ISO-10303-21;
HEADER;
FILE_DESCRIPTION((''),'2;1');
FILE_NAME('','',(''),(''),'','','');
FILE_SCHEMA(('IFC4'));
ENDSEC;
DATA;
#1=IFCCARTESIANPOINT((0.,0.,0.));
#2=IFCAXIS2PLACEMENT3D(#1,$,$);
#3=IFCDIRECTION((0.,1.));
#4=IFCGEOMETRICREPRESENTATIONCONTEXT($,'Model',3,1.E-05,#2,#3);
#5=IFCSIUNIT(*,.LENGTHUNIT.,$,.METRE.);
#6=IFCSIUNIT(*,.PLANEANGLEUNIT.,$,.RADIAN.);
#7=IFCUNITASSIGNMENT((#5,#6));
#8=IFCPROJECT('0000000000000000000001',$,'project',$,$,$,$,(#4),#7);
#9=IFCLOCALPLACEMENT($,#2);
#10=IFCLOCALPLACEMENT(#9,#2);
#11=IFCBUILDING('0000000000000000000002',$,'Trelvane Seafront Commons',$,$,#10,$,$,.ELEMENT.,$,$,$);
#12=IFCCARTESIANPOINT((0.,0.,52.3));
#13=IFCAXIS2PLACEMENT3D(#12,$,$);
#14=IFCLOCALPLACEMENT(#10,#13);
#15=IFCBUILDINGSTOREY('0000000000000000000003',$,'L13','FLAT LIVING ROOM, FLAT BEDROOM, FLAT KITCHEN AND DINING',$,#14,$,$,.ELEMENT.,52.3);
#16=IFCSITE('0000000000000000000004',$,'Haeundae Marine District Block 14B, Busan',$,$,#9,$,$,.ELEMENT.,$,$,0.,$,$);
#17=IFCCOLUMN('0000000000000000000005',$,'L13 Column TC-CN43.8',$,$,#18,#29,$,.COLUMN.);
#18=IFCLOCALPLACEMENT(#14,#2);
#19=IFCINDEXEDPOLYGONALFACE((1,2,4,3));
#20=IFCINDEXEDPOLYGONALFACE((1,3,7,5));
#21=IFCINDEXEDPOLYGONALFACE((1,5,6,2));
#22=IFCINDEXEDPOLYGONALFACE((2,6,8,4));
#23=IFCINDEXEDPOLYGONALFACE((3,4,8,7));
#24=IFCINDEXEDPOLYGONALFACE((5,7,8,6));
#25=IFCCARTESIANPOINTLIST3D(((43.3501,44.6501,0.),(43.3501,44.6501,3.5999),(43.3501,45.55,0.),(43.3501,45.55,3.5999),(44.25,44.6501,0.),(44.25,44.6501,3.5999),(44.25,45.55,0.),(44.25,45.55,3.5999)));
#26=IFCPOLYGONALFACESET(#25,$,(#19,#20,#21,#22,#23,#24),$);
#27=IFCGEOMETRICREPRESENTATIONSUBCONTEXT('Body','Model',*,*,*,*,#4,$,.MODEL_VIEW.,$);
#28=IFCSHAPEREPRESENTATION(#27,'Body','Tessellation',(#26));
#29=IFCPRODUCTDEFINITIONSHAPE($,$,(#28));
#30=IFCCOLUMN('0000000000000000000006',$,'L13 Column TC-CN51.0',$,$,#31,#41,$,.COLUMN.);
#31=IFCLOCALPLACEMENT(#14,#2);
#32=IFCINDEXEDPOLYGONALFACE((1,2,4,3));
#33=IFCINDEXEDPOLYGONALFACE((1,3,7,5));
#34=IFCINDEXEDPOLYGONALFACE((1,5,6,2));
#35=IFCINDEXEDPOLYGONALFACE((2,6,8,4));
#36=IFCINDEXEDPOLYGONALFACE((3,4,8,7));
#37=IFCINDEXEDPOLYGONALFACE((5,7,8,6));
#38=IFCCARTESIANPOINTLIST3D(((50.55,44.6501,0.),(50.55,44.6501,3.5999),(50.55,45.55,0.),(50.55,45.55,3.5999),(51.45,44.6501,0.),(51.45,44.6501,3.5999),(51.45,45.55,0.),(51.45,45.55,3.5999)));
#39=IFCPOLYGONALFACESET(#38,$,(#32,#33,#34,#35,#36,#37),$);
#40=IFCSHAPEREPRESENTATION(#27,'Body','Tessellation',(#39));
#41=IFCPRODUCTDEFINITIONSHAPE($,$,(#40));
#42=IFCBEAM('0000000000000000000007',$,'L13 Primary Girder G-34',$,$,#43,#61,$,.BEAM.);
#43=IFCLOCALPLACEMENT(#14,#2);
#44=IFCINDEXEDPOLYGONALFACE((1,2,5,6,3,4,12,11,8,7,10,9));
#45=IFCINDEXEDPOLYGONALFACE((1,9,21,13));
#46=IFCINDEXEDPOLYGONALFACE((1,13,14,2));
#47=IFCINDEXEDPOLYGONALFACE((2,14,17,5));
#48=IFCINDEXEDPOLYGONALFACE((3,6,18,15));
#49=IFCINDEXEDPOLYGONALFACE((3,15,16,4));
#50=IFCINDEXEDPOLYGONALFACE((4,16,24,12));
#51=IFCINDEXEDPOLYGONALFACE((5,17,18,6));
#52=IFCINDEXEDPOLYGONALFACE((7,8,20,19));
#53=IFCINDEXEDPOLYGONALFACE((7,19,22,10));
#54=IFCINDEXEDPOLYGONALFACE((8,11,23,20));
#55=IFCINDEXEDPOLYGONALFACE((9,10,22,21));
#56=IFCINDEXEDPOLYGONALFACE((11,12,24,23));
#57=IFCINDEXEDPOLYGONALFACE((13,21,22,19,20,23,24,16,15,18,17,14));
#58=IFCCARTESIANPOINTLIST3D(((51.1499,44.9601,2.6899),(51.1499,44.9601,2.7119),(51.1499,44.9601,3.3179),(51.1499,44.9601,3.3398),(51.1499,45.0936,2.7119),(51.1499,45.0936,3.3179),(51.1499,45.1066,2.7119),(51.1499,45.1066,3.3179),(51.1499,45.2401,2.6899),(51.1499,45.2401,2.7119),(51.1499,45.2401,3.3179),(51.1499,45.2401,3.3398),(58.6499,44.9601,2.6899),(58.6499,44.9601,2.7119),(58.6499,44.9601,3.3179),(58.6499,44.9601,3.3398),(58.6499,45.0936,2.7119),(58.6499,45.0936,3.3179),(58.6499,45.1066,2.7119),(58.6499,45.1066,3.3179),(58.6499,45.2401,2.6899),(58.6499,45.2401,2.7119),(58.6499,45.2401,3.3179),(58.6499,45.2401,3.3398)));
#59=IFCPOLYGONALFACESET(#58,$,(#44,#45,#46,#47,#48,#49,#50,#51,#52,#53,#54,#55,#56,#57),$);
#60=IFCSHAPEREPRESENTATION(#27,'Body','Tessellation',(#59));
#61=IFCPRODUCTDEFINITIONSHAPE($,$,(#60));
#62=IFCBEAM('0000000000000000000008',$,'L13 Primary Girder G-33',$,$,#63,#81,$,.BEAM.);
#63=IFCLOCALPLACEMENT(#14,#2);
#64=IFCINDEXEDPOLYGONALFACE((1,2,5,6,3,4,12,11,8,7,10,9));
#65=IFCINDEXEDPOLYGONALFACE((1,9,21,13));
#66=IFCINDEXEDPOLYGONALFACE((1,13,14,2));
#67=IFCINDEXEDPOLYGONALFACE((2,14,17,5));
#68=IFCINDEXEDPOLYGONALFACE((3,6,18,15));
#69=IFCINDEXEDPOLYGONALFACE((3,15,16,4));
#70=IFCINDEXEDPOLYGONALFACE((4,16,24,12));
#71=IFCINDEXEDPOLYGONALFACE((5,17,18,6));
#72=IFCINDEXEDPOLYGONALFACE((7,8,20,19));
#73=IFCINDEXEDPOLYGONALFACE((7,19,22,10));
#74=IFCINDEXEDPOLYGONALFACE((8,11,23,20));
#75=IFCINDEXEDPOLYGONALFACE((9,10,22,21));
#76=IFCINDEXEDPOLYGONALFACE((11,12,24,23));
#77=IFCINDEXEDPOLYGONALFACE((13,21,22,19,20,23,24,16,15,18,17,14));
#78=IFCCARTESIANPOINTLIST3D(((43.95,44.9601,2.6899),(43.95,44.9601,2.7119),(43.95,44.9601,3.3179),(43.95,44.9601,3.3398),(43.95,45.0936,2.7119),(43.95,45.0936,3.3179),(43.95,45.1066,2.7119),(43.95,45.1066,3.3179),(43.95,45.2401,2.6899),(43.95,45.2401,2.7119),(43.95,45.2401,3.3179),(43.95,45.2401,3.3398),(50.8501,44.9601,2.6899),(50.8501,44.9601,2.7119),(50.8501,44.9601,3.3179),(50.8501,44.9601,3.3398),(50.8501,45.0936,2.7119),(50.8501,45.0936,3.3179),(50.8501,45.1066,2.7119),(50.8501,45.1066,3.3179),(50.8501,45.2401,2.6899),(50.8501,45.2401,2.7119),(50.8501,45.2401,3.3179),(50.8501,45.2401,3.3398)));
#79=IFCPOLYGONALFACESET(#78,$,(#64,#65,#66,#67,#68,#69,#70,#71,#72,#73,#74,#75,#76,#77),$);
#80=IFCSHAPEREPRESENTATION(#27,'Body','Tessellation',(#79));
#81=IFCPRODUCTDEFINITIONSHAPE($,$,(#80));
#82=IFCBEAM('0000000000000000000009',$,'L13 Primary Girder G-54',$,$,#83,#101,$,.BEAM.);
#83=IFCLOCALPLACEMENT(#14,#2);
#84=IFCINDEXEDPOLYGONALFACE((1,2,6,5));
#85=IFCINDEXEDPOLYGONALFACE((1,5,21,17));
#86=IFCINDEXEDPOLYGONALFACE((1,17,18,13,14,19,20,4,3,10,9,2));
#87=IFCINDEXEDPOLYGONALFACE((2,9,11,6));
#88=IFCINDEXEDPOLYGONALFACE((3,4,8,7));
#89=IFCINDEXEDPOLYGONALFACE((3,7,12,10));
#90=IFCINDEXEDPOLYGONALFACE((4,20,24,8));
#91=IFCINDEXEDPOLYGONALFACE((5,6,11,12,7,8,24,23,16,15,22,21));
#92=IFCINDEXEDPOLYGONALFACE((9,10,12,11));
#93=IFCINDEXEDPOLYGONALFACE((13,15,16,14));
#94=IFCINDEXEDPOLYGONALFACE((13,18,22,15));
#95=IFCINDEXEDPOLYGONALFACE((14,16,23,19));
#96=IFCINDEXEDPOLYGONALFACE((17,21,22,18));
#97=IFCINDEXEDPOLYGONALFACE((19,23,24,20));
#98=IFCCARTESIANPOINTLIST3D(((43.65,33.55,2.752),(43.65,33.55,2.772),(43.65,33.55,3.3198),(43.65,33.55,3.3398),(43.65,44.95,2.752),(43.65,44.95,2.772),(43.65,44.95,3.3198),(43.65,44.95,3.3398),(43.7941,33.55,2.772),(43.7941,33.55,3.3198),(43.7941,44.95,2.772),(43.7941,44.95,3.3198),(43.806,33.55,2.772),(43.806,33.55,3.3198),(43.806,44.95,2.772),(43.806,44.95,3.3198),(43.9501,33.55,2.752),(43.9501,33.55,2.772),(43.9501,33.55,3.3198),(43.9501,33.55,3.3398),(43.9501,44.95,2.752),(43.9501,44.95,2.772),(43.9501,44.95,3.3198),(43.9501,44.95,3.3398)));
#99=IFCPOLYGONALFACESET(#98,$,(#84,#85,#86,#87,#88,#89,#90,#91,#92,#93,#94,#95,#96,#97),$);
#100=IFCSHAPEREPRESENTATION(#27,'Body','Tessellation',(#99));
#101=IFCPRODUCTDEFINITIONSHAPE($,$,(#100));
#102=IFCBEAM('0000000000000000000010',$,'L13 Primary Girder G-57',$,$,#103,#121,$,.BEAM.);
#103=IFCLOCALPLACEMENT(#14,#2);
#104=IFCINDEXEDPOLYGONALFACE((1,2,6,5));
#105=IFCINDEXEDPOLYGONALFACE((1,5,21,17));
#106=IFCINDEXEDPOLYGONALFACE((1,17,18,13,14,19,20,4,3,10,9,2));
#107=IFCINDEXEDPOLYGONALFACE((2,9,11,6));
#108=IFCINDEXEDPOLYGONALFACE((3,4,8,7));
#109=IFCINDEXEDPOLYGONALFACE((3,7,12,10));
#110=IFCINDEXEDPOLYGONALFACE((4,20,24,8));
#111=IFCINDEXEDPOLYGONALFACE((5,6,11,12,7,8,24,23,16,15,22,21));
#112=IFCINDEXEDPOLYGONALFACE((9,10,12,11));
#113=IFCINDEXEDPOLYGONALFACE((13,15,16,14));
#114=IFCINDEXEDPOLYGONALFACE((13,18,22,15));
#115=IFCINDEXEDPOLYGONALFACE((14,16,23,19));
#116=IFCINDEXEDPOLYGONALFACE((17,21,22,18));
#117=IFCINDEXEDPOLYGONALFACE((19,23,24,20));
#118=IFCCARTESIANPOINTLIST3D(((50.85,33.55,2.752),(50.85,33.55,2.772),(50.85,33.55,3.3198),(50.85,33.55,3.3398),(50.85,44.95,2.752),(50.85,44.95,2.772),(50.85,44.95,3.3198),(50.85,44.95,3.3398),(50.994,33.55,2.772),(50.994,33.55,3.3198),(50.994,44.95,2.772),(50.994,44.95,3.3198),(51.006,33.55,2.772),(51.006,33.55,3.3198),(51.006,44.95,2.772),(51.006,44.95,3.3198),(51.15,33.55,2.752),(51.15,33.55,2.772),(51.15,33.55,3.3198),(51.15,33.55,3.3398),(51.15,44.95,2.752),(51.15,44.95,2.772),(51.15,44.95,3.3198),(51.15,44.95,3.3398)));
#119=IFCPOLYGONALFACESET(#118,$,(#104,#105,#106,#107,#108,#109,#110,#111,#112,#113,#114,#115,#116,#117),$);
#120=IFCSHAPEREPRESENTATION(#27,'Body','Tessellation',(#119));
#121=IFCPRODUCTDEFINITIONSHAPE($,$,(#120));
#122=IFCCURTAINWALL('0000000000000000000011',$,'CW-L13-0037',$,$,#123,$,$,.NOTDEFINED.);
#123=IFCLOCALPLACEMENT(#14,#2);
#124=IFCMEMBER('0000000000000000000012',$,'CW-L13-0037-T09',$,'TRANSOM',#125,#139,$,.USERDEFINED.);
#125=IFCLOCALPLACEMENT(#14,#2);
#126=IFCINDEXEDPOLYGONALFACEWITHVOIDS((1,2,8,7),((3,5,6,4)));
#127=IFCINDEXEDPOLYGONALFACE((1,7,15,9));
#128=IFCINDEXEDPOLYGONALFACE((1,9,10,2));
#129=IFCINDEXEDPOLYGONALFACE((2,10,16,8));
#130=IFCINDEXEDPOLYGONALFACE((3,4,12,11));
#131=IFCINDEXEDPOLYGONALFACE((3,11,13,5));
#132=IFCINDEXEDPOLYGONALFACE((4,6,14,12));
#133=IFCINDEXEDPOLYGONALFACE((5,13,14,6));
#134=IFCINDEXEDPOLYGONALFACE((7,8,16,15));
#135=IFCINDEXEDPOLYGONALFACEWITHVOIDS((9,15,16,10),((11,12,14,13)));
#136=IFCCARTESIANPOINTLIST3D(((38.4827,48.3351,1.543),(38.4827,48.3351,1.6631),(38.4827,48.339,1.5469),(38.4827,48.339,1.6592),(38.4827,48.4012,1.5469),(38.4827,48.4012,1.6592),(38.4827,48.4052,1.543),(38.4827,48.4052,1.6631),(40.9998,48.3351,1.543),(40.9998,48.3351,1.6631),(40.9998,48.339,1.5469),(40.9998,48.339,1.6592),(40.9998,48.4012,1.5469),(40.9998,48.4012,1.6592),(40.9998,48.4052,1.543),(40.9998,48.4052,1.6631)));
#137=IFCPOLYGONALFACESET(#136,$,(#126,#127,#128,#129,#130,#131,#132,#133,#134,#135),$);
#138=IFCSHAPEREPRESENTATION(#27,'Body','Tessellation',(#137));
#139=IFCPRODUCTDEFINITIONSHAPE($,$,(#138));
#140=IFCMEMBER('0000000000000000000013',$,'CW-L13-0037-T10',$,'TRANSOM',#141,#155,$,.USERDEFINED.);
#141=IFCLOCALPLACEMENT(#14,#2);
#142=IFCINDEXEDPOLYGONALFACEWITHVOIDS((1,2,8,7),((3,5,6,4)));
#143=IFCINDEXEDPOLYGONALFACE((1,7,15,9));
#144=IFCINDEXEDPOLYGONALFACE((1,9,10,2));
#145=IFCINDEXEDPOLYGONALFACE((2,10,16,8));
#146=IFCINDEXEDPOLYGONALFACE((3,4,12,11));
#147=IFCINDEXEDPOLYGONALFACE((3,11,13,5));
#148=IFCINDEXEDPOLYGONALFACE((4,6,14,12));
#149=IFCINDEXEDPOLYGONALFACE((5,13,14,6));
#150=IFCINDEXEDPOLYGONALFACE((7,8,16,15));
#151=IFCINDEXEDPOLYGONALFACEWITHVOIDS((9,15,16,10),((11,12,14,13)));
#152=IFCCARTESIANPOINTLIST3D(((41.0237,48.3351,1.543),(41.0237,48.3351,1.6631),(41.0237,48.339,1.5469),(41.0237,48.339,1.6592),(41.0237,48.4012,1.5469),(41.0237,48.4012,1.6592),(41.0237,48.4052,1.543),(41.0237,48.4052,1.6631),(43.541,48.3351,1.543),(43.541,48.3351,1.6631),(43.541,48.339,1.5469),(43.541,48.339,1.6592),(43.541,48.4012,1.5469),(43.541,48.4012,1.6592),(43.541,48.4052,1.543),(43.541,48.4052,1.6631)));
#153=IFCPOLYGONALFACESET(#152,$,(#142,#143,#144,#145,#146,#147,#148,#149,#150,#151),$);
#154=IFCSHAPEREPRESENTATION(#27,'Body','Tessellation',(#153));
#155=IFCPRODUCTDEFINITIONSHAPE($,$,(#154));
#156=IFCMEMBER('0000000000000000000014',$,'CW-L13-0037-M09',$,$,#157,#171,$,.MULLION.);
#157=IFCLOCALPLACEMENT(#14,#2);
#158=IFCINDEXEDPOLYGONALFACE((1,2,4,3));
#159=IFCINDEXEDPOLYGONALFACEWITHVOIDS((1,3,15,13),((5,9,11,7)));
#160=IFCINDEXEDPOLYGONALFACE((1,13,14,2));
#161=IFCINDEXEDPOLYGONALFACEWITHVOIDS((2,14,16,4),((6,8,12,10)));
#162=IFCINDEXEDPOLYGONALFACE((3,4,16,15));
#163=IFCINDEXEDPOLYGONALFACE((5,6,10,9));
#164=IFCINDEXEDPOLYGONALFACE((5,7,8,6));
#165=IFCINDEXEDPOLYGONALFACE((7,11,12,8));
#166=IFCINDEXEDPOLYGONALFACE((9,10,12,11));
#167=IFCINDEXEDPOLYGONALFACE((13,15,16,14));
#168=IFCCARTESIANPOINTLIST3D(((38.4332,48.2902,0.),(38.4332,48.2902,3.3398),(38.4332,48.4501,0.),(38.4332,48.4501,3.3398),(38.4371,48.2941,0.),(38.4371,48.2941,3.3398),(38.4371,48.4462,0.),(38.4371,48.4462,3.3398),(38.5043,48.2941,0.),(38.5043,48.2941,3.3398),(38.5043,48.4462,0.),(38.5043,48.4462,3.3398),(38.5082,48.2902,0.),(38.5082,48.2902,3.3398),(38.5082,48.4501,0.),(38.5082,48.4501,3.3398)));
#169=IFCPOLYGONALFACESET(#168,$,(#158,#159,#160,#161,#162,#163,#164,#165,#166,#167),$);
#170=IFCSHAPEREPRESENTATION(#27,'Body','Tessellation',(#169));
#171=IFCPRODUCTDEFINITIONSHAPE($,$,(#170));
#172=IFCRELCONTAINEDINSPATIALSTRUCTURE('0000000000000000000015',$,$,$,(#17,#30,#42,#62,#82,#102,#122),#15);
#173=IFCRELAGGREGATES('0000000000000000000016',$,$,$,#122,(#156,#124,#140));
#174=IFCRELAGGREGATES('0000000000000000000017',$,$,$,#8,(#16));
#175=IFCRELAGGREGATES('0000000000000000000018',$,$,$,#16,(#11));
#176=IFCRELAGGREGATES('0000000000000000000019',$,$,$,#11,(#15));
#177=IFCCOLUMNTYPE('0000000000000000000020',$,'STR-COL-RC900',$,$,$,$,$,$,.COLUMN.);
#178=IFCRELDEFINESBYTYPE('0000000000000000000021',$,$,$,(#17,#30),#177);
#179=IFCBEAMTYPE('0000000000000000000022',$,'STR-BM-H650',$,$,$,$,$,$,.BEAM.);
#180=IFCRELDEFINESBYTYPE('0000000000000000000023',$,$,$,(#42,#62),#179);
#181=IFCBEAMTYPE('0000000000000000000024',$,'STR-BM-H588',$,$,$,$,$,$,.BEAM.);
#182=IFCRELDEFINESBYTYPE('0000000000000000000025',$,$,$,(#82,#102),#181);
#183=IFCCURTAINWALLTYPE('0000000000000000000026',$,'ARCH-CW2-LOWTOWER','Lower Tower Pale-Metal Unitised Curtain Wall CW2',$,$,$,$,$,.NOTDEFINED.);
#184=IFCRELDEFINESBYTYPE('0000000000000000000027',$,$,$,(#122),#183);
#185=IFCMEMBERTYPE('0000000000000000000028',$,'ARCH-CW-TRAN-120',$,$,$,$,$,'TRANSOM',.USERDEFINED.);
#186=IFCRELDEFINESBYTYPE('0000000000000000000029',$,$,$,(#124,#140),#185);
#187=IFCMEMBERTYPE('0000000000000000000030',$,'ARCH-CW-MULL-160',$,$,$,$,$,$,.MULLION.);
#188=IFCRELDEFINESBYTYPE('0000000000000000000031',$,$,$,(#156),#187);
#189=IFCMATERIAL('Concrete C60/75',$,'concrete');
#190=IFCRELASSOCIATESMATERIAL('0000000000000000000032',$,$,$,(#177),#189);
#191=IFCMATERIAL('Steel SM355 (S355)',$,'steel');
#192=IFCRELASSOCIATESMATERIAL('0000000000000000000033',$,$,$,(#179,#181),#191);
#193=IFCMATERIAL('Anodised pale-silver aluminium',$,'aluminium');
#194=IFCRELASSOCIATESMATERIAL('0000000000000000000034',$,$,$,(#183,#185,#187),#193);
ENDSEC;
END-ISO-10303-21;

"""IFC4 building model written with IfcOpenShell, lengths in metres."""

from ifc_helpers import new_model, si_unit, direction, frame, origin, origin_2d, place, context, subcontext, project, spatial, rectangle, hollow_rectangle, i_section, extrude, source, transform, mapped, material, material_profile, profile_set, type_object, element, aggregate, save


model = new_model("IFC4")

# Units and contexts
model_context = context("Model", 3, precision=1e-05, world=origin(), true_north=direction((0.0, 1.0)))
body_context = subcontext(model_context, "Body", "Model", "MODEL_VIEW")
ifc_project = project(units=[si_unit("LENGTHUNIT", "METRE"), si_unit("PLANEANGLEUNIT", "RADIAN")], contexts=[model_context])

# Site, building, storey
site_placement = place(None, origin())
site = spatial("IfcSite", under=ifc_project, at=site_placement, Name="Haeundae Marine District Block 14B, Busan", CompositionType="ELEMENT", RefElevation=0.0)
building_placement = place(site_placement, origin())
building = spatial("IfcBuilding", under=site, at=building_placement, Name="Trelvane Seafront Commons", CompositionType="ELEMENT")
storey_placement = place(building_placement, frame((0.0, 0.0, 52.3)))
storey = spatial("IfcBuildingStorey", under=building, at=storey_placement, Name="L13", Description="FLAT LIVING ROOM, FLAT BEDROOM, FLAT KITCHEN AND DINING", CompositionType="ELEMENT", Elevation=52.3)

# Columns
ifc_material_1 = material(Name="Concrete C60/75", Category="concrete")
ifc_material_profile_1 = material_profile(ifc_material_1, rectangle(XDim=0.8999, YDim=0.8999, at=origin_2d()), Name="RC-900x900")
ifc_profile_set_1 = profile_set([ifc_material_profile_1], Name="Concrete C60/75")
column_type = type_object("IfcColumnType", Name="STR-COL-RC900", PredefinedType="COLUMN", material=ifc_profile_set_1)
shared_shape_1 = source(origin(), body_context, "Body", "SweptSolid", [
    extrude(rectangle(XDim=0.8999, YDim=0.8999, at=origin_2d()), origin(), (0.0, 0.0, 1.0), 3.5999),
])
for number, where, z_axis, x_axis, name in (
    (1, (43.8, 45.1001, 0.0), (0.0, 0.0, 1.0), (1.0, 0.0, 0.0), "L13 Column TC-CN43.8"),
    (2, (51.0, 45.1001, 0.0), (0.0, 0.0, 1.0), (1.0, 0.0, 0.0), "L13 Column TC-CN51.0"),
):
    element("IfcColumn", number, at=place(storey_placement, frame(where, z_axis=z_axis, x_axis=x_axis)), inside=storey, type_object=column_type, Name=name, PredefinedType="COLUMN", context=body_context, shape_type="MappedRepresentation", body=[
        mapped(shared_shape_1, transform((0.0, 0.0, 0.0), x_axis=(1.0, 0.0, 0.0), y_axis=(0.0, 1.0, 0.0), z_axis=(0.0, 0.0, 1.0), scale=1.0)),
    ])

# Beams
ifc_material_2 = material(Name="Steel SM355 (S355)", Category="steel")
ifc_material_profile_2 = material_profile(ifc_material_2, i_section(OverallWidth=0.28, OverallDepth=0.6499, WebThickness=0.0129, FlangeThickness=0.022, at=origin_2d()), Name="H-650x280x13x22")
ifc_profile_set_2 = profile_set([ifc_material_profile_2], Name="Steel SM355 (S355)")
beam_type_1 = type_object("IfcBeamType", Name="STR-BM-H650", PredefinedType="BEAM", material=ifc_profile_set_2)
shared_shape_2 = source(origin(), body_context, "Body", "SweptSolid", [
    extrude(i_section(OverallWidth=0.28, OverallDepth=0.6499, WebThickness=0.0129, FlangeThickness=0.022, at=origin_2d()), origin(), (0.0, 0.0, 1.0), 7.5),
])
beam_1_placement = place(storey_placement, frame((51.1499, 45.1001, 3.0149), z_axis=(1.0, 0.0, 0.0), x_axis=(0.0, 1.0, 0.0)))
element("IfcBeam", 3, at=beam_1_placement, inside=storey, type_object=beam_type_1, Name="L13 Primary Girder G-34", PredefinedType="BEAM", context=body_context, shape_type="MappedRepresentation", body=[
    mapped(shared_shape_2, transform((0.0, 0.0, 0.0), x_axis=(1.0, 0.0, 0.0), y_axis=(0.0, 1.0, 0.0), z_axis=(0.0, 0.0, 1.0), scale=1.0)),
])
shared_shape_3 = source(origin(), body_context, "Body", "SweptSolid", [
    extrude(i_section(OverallWidth=0.28, OverallDepth=0.6499, WebThickness=0.0129, FlangeThickness=0.022, at=origin_2d()), origin(), (0.0, 0.0, 1.0), 6.9001),
])
beam_2_placement = place(storey_placement, frame((43.95, 45.1001, 3.0149), z_axis=(1.0, 0.0, 0.0), x_axis=(0.0, 1.0, 0.0)))
element("IfcBeam", 4, at=beam_2_placement, inside=storey, type_object=beam_type_1, Name="L13 Primary Girder G-33", PredefinedType="BEAM", context=body_context, shape_type="MappedRepresentation", body=[
    mapped(shared_shape_3, transform((0.0, 0.0, 0.0), x_axis=(1.0, 0.0, 0.0), y_axis=(0.0, 1.0, 0.0), z_axis=(0.0, 0.0, 1.0), scale=1.0)),
])
ifc_material_profile_3 = material_profile(ifc_material_2, i_section(OverallWidth=0.3, OverallDepth=0.5879, WebThickness=0.012, FlangeThickness=0.02, at=origin_2d()), Name="H-588x300x12x20")
ifc_profile_set_3 = profile_set([ifc_material_profile_3], Name="Steel SM355 (S355)")
beam_type_2 = type_object("IfcBeamType", Name="STR-BM-H588", PredefinedType="BEAM", material=ifc_profile_set_3)
shared_shape_4 = source(origin(), body_context, "Body", "SweptSolid", [
    extrude(i_section(OverallWidth=0.3, OverallDepth=0.5879, WebThickness=0.012, FlangeThickness=0.02, at=origin_2d()), origin(), (0.0, 0.0, 1.0), 11.3999),
])
for number, where, z_axis, x_axis, name in (
    (5, (43.8, 33.55, 3.0459), (0.0, 1.0, 0.0), (-1.0, 0.0, 0.0), "L13 Primary Girder G-54"),
    (6, (51.0, 33.55, 3.0459), (0.0, 1.0, 0.0), (-1.0, 0.0, 0.0), "L13 Primary Girder G-57"),
):
    element("IfcBeam", number, at=place(storey_placement, frame(where, z_axis=z_axis, x_axis=x_axis)), inside=storey, type_object=beam_type_2, Name=name, PredefinedType="BEAM", context=body_context, shape_type="MappedRepresentation", body=[
        mapped(shared_shape_4, transform((0.0, 0.0, 0.0), x_axis=(1.0, 0.0, 0.0), y_axis=(0.0, 1.0, 0.0), z_axis=(0.0, 0.0, 1.0), scale=1.0)),
    ])

# Curtain wall, members
ifc_material_3 = material(Name="Anodised pale-silver aluminium", Category="aluminium")
curtain_wall_type = type_object("IfcCurtainWallType", Name="ARCH-CW2-LOWTOWER", Description="Lower Tower Pale-Metal Unitised Curtain Wall CW2", PredefinedType="NOTDEFINED", material=ifc_material_3)
curtain_wall_placement = place(storey_placement, origin())
curtain_wall = element("IfcCurtainWall", 7, at=curtain_wall_placement, inside=storey, type_object=curtain_wall_type, Name="CW-L13-0037", PredefinedType="NOTDEFINED")
ifc_material_profile_4 = material_profile(ifc_material_3, hollow_rectangle(XDim=0.0701, YDim=0.1201, WallThickness=0.0039, at=origin_2d()), Name="TRAN-70x120x4")
ifc_profile_set_4 = profile_set([ifc_material_profile_4], Name="Anodised pale-silver aluminium")
member_type_1 = type_object("IfcMemberType", Name="ARCH-CW-TRAN-120", ElementType="TRANSOM", PredefinedType="USERDEFINED", material=ifc_profile_set_4)
shared_shape_5 = source(origin(), body_context, "Body", "SweptSolid", [
    extrude(hollow_rectangle(XDim=0.0701, YDim=0.1201, WallThickness=0.0039, at=origin_2d()), origin(), (0.0, 0.0, 1.0), 2.5171),
])
member_1_placement = place(storey_placement, frame((38.4827, 48.3701, 1.603), z_axis=(1.0, 0.0, 0.0), x_axis=(0.0, 1.0, 0.0)))
member_1 = element("IfcMember", 8, at=member_1_placement, type_object=member_type_1, Name="CW-L13-0037-T09", ObjectType="TRANSOM", PredefinedType="USERDEFINED", context=body_context, shape_type="MappedRepresentation", body=[
    mapped(shared_shape_5, transform((0.0, 0.0, 0.0), x_axis=(1.0, 0.0, 0.0), y_axis=(0.0, 1.0, 0.0), z_axis=(0.0, 0.0, 1.0), scale=1.0)),
])
shared_shape_6 = source(origin(), body_context, "Body", "SweptSolid", [
    extrude(hollow_rectangle(XDim=0.0701, YDim=0.1201, WallThickness=0.0039, at=origin_2d()), origin(), (0.0, 0.0, 1.0), 2.5173),
])
member_2_placement = place(storey_placement, frame((41.0237, 48.3701, 1.603), z_axis=(1.0, 0.0, 0.0), x_axis=(0.0, 1.0, 0.0)))
member_2 = element("IfcMember", 9, at=member_2_placement, type_object=member_type_1, Name="CW-L13-0037-T10", ObjectType="TRANSOM", PredefinedType="USERDEFINED", context=body_context, shape_type="MappedRepresentation", body=[
    mapped(shared_shape_6, transform((0.0, 0.0, 0.0), x_axis=(1.0, 0.0, 0.0), y_axis=(0.0, 1.0, 0.0), z_axis=(0.0, 0.0, 1.0), scale=1.0)),
])
ifc_material_profile_5 = material_profile(ifc_material_3, hollow_rectangle(XDim=0.075, YDim=0.1599, WallThickness=0.0039, at=origin_2d()), Name="MULL-75x160x4")
ifc_profile_set_5 = profile_set([ifc_material_profile_5], Name="Anodised pale-silver aluminium")
member_type_2 = type_object("IfcMemberType", Name="ARCH-CW-MULL-160", PredefinedType="MULLION", material=ifc_profile_set_5)
shared_shape_7 = source(origin(), body_context, "Body", "SweptSolid", [
    extrude(hollow_rectangle(XDim=0.075, YDim=0.1599, WallThickness=0.0039, at=origin_2d()), origin(), (0.0, 0.0, 1.0), 3.3398),
])
member_3_placement = place(storey_placement, frame((38.4707, 48.3701, 0.0), z_axis=(0.0, 0.0, 1.0), x_axis=(1.0, 0.0, 0.0)))
member_3 = element("IfcMember", 10, at=member_3_placement, type_object=member_type_2, Name="CW-L13-0037-M09", PredefinedType="MULLION", context=body_context, shape_type="MappedRepresentation", body=[
    mapped(shared_shape_7, transform((0.0, 0.0, 0.0), x_axis=(1.0, 0.0, 0.0), y_axis=(0.0, 1.0, 0.0), z_axis=(0.0, 0.0, 1.0), scale=1.0)),
])
aggregate(curtain_wall, [member_3, member_1, member_2])

save(model, "model.ifc")
